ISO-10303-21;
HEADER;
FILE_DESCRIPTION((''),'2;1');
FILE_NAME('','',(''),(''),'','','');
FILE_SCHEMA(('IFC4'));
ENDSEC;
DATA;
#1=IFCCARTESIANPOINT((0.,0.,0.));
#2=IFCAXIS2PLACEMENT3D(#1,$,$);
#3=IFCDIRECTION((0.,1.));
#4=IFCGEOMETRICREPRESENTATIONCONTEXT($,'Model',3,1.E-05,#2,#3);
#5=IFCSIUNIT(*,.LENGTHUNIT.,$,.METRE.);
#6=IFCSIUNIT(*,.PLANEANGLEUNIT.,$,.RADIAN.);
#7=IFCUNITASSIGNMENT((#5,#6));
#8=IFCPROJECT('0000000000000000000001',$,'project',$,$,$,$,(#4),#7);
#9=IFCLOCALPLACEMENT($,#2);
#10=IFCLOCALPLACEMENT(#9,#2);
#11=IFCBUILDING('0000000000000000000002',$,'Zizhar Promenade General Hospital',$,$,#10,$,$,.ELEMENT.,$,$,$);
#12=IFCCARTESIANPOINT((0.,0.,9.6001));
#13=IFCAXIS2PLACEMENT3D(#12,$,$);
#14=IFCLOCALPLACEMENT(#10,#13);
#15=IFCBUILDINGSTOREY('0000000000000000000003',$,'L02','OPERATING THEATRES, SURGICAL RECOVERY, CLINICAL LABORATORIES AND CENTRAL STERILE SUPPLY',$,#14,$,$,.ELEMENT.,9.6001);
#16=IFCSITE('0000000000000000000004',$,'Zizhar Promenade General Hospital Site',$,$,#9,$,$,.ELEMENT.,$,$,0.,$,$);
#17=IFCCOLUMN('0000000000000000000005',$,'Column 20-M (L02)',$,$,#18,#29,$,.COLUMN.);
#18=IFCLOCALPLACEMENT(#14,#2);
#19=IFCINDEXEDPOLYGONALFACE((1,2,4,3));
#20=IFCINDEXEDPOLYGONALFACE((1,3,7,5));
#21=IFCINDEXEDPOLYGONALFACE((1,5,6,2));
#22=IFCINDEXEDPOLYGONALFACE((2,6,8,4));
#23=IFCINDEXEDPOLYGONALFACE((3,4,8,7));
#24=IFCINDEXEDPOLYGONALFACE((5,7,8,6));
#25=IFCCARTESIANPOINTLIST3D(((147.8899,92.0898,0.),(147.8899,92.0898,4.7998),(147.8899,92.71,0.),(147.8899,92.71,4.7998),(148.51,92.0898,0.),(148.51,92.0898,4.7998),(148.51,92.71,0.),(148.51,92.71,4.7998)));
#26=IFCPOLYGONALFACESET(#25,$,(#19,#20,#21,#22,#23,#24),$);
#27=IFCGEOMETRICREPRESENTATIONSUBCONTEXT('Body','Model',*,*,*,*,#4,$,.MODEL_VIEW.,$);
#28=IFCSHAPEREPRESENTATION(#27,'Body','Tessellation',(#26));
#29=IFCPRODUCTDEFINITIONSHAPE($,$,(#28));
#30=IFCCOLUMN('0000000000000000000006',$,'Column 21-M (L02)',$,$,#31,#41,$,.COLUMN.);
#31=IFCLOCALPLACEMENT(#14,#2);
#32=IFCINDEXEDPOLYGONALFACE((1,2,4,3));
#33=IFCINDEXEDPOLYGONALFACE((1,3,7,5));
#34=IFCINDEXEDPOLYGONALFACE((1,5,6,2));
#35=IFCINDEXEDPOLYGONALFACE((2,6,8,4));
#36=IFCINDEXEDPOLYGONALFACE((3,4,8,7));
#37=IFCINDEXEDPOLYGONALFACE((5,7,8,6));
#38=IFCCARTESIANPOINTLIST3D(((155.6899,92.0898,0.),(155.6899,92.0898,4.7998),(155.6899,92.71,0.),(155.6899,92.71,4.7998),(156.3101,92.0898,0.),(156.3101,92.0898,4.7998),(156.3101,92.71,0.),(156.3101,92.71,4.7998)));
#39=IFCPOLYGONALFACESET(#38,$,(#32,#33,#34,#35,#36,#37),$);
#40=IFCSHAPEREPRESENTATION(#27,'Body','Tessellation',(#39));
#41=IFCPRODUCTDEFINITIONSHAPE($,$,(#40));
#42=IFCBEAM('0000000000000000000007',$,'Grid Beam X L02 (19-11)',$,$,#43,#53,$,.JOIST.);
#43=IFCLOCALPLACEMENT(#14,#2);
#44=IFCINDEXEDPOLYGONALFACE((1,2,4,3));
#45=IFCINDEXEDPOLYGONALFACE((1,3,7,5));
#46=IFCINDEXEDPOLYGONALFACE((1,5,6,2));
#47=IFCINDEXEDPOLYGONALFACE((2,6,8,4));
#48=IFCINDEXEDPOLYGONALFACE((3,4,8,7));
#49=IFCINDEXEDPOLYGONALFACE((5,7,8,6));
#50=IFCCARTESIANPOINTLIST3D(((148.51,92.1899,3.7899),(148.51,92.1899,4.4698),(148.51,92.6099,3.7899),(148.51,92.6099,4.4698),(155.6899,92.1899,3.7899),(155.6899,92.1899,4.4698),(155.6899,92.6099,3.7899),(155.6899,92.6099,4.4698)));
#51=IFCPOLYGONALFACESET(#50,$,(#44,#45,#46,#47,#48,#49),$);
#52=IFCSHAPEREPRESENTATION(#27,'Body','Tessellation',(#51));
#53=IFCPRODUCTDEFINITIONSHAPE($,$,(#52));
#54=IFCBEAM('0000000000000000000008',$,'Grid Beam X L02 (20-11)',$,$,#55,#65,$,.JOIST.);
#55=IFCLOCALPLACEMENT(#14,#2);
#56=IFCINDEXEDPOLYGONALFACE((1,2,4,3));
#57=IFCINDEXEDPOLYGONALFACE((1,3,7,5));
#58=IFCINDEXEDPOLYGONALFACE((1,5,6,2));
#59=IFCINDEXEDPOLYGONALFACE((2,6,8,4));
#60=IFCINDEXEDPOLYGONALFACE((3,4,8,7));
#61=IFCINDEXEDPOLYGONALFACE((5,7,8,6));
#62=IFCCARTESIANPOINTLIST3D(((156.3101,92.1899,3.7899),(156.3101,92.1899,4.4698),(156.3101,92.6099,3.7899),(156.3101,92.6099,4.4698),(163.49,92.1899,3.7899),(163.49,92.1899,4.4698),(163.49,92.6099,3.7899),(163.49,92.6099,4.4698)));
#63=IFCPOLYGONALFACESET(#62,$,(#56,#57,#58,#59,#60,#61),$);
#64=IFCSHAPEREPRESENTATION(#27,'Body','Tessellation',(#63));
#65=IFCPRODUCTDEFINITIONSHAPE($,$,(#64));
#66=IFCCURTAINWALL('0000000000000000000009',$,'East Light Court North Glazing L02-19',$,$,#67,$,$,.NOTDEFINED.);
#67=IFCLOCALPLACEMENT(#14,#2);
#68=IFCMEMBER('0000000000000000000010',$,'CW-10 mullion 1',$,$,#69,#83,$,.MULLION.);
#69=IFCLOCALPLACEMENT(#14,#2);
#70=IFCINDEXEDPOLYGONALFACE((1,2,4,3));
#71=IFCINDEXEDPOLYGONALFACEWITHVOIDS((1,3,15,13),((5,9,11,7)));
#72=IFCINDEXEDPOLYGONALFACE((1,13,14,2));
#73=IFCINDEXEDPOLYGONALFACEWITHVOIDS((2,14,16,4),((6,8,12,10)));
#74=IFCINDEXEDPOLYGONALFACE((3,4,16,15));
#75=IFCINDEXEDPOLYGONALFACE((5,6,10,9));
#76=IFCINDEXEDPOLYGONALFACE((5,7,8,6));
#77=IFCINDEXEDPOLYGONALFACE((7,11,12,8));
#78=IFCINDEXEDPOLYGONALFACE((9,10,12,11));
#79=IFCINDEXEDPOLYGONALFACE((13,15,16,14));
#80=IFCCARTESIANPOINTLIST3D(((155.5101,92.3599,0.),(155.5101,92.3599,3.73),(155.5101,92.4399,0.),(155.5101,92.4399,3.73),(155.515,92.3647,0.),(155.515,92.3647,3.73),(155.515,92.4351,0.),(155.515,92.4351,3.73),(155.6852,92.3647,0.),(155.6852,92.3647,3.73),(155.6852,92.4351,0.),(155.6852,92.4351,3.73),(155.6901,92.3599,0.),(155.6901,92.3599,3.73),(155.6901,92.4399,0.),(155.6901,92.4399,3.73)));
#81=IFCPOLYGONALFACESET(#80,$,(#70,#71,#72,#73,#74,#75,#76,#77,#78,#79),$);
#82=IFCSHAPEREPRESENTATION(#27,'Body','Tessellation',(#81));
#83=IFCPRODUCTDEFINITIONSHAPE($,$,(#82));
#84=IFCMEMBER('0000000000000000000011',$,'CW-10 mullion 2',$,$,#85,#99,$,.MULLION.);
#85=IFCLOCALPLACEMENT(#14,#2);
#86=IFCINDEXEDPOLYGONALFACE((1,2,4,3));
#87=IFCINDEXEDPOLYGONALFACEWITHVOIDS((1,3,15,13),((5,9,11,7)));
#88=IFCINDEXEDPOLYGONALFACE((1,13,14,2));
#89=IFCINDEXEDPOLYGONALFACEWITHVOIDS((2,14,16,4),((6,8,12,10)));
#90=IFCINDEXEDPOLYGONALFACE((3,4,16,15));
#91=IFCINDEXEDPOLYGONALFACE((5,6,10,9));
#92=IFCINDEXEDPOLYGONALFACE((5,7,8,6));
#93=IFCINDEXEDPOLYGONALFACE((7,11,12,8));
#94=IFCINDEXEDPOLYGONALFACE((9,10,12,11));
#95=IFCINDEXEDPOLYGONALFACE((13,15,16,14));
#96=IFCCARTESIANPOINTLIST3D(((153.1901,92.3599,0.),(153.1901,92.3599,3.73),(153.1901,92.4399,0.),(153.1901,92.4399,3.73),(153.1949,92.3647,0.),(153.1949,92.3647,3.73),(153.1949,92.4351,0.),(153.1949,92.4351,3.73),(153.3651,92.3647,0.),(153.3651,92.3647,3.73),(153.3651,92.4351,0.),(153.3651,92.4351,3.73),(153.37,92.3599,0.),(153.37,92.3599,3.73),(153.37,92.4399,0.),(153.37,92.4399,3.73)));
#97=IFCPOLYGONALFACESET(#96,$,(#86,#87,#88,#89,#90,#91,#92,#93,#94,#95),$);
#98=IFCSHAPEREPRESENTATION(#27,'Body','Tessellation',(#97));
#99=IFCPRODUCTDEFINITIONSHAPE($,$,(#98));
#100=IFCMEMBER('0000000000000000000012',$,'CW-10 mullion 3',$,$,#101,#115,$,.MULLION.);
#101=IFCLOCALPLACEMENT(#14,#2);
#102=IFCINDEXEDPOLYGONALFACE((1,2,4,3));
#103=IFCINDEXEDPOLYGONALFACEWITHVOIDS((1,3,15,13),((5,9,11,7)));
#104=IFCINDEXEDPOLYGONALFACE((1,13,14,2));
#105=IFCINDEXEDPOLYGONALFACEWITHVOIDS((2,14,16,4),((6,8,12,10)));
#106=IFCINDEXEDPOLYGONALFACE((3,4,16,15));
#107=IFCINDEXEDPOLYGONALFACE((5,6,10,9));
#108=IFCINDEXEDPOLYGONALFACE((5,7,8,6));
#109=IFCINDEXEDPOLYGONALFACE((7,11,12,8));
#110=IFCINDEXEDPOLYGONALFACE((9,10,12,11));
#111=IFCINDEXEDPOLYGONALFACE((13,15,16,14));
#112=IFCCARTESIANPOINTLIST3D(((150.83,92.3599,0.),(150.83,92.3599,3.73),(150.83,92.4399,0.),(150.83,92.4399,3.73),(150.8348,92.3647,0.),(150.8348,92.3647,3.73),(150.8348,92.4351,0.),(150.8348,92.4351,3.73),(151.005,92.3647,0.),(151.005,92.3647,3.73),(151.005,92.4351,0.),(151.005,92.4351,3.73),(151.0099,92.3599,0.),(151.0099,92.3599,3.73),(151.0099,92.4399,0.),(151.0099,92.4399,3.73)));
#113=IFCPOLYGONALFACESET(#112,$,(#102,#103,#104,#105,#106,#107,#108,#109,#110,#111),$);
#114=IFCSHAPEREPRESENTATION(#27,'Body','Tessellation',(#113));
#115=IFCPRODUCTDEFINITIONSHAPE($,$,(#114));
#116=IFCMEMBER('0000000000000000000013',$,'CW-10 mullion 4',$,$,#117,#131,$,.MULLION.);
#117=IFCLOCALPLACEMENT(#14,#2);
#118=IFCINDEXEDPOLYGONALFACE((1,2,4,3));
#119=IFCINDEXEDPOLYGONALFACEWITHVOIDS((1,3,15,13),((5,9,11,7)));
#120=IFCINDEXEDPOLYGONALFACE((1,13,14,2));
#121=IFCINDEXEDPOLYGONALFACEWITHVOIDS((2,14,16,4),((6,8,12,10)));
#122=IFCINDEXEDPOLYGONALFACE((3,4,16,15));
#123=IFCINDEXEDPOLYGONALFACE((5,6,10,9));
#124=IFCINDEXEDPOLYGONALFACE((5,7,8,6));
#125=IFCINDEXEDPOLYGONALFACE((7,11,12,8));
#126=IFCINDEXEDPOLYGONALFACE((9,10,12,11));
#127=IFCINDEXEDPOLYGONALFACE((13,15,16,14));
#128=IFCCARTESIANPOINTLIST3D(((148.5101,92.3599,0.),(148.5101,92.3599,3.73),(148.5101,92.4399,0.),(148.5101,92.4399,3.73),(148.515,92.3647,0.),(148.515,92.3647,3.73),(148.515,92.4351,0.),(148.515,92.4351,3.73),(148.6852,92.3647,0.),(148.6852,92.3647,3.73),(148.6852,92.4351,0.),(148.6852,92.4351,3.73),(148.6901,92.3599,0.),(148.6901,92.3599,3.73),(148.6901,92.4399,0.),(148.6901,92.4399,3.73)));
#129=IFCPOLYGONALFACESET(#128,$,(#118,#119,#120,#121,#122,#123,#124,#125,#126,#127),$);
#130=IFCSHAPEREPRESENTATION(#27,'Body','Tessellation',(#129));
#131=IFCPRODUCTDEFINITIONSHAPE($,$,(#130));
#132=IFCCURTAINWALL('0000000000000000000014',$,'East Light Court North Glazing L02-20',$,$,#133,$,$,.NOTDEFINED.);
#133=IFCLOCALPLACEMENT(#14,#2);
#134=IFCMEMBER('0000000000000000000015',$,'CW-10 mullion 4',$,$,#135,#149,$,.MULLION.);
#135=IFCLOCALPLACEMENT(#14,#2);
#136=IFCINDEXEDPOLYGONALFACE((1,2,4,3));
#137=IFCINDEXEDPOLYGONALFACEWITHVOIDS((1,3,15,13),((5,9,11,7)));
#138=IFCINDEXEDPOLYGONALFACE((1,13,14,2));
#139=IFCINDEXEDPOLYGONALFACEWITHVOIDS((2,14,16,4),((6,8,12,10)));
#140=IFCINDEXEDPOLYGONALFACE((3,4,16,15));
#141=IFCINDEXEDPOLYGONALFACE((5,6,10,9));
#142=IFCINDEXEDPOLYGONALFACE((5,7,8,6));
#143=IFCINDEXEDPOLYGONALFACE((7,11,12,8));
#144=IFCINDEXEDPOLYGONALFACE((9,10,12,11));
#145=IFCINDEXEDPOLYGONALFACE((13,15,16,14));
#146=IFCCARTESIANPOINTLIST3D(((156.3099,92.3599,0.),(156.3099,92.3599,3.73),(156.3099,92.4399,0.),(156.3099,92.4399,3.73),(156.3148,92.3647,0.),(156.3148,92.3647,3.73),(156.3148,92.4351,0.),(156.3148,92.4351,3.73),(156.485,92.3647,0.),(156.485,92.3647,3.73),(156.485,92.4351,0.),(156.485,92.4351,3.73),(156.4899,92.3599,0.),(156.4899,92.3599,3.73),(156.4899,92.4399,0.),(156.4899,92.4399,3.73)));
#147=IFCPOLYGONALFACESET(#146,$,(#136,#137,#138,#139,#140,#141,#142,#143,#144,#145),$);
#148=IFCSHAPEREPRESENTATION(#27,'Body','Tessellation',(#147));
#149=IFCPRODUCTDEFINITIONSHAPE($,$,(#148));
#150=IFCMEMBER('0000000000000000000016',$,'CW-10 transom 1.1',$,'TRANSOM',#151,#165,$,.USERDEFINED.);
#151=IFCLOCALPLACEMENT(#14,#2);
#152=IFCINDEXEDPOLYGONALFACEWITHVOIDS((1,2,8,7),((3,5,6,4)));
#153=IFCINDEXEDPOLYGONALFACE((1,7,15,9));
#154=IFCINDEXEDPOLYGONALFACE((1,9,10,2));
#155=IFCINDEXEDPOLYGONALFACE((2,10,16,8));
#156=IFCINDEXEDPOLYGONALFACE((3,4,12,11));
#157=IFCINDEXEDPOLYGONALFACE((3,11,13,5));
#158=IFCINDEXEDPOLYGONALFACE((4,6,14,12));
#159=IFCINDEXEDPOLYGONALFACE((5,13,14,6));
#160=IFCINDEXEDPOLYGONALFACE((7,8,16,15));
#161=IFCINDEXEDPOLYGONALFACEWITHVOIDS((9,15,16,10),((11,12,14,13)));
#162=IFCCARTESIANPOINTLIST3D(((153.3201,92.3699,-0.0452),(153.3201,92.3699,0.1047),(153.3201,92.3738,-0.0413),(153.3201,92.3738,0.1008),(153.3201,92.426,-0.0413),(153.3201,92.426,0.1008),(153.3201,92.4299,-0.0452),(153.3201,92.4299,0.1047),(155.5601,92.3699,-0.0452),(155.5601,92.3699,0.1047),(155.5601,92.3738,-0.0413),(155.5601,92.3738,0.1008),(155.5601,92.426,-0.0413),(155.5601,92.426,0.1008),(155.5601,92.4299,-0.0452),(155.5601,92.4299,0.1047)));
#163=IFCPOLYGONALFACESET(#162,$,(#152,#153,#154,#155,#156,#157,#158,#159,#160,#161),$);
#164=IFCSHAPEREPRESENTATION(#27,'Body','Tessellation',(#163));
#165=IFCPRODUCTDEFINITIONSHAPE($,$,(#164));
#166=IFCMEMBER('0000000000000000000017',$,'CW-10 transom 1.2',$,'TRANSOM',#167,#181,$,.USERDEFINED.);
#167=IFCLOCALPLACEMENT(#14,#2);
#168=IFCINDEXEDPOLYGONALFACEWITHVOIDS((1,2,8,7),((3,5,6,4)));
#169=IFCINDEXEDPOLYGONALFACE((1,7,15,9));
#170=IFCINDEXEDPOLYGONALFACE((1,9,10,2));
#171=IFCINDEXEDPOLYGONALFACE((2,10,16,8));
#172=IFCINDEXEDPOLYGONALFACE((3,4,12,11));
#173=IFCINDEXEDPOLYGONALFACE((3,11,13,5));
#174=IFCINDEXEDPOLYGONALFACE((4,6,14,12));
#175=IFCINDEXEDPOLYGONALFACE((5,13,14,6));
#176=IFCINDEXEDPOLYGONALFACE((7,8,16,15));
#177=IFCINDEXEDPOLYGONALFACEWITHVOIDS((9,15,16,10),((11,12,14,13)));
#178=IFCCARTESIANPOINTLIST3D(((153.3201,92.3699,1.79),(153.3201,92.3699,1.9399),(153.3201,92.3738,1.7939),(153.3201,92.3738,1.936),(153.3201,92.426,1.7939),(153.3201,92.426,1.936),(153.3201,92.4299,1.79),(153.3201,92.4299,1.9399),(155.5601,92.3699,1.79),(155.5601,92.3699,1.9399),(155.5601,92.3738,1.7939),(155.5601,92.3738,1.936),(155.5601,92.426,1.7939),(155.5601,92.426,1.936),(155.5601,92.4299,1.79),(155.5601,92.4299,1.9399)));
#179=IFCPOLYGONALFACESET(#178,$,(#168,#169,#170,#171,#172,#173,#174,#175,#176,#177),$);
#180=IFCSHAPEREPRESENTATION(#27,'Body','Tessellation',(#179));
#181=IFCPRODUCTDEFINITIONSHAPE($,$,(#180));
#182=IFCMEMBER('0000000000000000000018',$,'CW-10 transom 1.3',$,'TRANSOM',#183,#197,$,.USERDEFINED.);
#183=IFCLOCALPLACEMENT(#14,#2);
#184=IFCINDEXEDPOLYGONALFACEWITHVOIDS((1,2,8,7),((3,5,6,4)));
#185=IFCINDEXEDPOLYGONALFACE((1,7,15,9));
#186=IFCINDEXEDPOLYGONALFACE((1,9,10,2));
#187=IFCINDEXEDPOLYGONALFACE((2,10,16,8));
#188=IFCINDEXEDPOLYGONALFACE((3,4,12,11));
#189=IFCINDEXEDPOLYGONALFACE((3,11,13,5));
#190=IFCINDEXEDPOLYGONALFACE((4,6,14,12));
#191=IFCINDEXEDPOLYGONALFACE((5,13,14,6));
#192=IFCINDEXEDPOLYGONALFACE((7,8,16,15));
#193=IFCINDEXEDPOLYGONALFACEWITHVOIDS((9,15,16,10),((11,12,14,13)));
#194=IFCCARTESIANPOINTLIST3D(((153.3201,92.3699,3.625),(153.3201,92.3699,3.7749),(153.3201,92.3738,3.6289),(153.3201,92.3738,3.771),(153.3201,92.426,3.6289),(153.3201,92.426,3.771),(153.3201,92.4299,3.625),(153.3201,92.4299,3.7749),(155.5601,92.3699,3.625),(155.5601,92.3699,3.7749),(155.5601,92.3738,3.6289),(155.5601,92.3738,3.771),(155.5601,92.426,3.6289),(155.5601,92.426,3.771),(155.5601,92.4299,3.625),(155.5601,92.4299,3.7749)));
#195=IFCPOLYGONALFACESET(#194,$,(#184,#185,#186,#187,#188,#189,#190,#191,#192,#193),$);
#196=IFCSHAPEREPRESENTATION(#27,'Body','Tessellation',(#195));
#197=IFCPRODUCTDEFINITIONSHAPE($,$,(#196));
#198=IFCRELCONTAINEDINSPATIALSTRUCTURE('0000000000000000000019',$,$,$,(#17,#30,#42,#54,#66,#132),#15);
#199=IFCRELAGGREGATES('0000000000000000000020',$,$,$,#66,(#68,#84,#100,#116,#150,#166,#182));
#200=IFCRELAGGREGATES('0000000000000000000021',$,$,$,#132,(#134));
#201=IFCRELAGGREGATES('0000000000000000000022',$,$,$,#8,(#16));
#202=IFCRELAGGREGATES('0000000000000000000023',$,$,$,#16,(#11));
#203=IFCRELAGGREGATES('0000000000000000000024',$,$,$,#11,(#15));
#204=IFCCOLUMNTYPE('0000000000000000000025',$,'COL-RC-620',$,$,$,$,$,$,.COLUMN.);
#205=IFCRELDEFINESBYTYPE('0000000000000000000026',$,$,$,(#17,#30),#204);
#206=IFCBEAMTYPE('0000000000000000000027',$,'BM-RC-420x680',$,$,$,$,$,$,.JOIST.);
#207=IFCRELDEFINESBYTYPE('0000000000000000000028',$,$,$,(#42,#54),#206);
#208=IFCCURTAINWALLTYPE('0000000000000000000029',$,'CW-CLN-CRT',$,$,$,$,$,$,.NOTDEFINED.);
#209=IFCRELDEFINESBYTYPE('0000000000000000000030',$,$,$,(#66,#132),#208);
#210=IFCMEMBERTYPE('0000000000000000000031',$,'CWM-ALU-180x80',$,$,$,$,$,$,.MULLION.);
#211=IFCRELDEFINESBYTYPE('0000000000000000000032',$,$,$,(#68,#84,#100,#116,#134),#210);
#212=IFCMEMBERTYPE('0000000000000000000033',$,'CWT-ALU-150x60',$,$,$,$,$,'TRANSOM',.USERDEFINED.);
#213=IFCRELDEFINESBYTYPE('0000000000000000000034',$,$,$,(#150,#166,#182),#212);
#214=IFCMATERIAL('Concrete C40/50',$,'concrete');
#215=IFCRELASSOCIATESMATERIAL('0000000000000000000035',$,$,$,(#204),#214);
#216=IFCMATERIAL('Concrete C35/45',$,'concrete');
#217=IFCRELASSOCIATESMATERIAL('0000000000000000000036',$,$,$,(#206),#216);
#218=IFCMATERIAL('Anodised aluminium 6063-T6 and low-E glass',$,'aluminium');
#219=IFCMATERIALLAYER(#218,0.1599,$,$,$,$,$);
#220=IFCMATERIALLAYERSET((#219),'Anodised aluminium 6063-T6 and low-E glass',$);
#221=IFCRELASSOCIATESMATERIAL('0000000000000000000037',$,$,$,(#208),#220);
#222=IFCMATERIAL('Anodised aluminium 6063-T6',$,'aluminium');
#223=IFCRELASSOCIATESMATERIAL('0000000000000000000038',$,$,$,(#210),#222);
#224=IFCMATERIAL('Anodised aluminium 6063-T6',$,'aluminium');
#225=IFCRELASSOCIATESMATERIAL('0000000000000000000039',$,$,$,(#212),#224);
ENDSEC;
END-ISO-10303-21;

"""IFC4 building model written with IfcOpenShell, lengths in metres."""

from ifc_helpers import new_model, si_unit, direction, frame, origin, origin_2d, place, context, subcontext, project, spatial, rectangle, hollow_rectangle, extrude, material, layer, layer_set, material_profile, profile_set, type_object, element, aggregate, save


model = new_model("IFC4")

# Units and contexts
model_context = context("Model", 3, precision=1e-05, world=origin(), true_north=direction((0.0, 1.0)))
body_context = subcontext(model_context, "Body", "Model", "MODEL_VIEW")
ifc_project = project(units=[si_unit("LENGTHUNIT", "METRE"), si_unit("PLANEANGLEUNIT", "RADIAN")], contexts=[model_context])

# Site, building, storey
site_placement = place(None, origin())
site = spatial("IfcSite", under=ifc_project, at=site_placement, Name="Zizhar Promenade General Hospital Site", CompositionType="ELEMENT", RefElevation=0.0)
building_placement = place(site_placement, origin())
building = spatial("IfcBuilding", under=site, at=building_placement, Name="Zizhar Promenade General Hospital", CompositionType="ELEMENT")
storey_placement = place(building_placement, frame((0.0, 0.0, 9.6001)))
storey = spatial("IfcBuildingStorey", under=building, at=storey_placement, Name="L02", Description="OPERATING THEATRES, SURGICAL RECOVERY, CLINICAL LABORATORIES AND CENTRAL STERILE SUPPLY", CompositionType="ELEMENT", Elevation=9.6001)

# Columns
ifc_material_1 = material(Name="Concrete C40/50", Category="concrete")
ifc_material_profile_1 = material_profile(ifc_material_1, rectangle(XDim=0.6201, YDim=0.6201, at=origin_2d()))
ifc_profile_set_1 = profile_set([ifc_material_profile_1], Name="Concrete C40/50")
column_type = type_object("IfcColumnType", Name="COL-RC-620", PredefinedType="COLUMN", material=ifc_profile_set_1)
for number, where, z_axis, x_axis, name in (
    (1, (148.2, 92.3999, 0.0), (0.0, 0.0, 1.0), (1.0, 0.0, 0.0), "Column 20-M (L02)"),
    (2, (156.0, 92.3999, 0.0), (0.0, 0.0, 1.0), (1.0, 0.0, 0.0), "Column 21-M (L02)"),
):
    element("IfcColumn", number, at=place(storey_placement, frame(where, z_axis=z_axis, x_axis=x_axis)), inside=storey, type_object=column_type, Name=name, PredefinedType="COLUMN", context=body_context, shape_type="SweptSolid", body=[
        extrude(rectangle(XDim=0.6201, YDim=0.6201, at=origin_2d()), origin(), (0.0, 0.0, 1.0), 4.7998),
    ])

# Beams
ifc_material_2 = material(Name="Concrete C35/45", Category="concrete")
ifc_material_profile_2 = material_profile(ifc_material_2, rectangle(XDim=0.4199, YDim=0.6799, at=origin_2d()))
ifc_profile_set_2 = profile_set([ifc_material_profile_2], Name="Concrete C35/45")
beam_type = type_object("IfcBeamType", Name="BM-RC-420x680", PredefinedType="JOIST", material=ifc_profile_set_2)
for number, where, z_axis, x_axis, name in (
    (3, (148.51, 92.3999, 4.1299), (1.0, 0.0, 0.0), (0.0, 1.0, 0.0), "Grid Beam X L02 (19-11)"),
    (4, (156.3101, 92.3999, 4.1299), (1.0, 0.0, 0.0), (0.0, 1.0, 0.0), "Grid Beam X L02 (20-11)"),
):
    element("IfcBeam", number, at=place(storey_placement, frame(where, z_axis=z_axis, x_axis=x_axis)), inside=storey, type_object=beam_type, Name=name, PredefinedType="JOIST", context=body_context, shape_type="SweptSolid", body=[
        extrude(rectangle(XDim=0.4199, YDim=0.6799, at=origin_2d()), origin(), (0.0, 0.0, 1.0), 7.1799),
    ])

# Curtain wall, members
ifc_material_3 = material(Name="Anodised aluminium 6063-T6 and low-E glass", Category="aluminium")
ifc_layer_1 = layer(ifc_material_3, 0.1599)
ifc_layer_set_1 = layer_set([ifc_layer_1], Name="Anodised aluminium 6063-T6 and low-E glass")
curtain_wall_type = type_object("IfcCurtainWallType", Name="CW-CLN-CRT", PredefinedType="NOTDEFINED", material=ifc_layer_set_1)
curtain_wall_1_placement = place(storey_placement, origin())
curtain_wall_1 = element("IfcCurtainWall", 5, at=curtain_wall_1_placement, inside=storey, type_object=curtain_wall_type, Name="East Light Court North Glazing L02-19", PredefinedType="NOTDEFINED")
ifc_material_4 = material(Name="Anodised aluminium 6063-T6", Category="aluminium")
ifc_material_profile_3 = material_profile(ifc_material_4, hollow_rectangle(XDim=0.0801, YDim=0.1799, WallThickness=0.0049, at=origin_2d()))
ifc_profile_set_3 = profile_set([ifc_material_profile_3], Name="Anodised aluminium 6063-T6")
member_type_1 = type_object("IfcMemberType", Name="CWM-ALU-180x80", PredefinedType="MULLION", material=ifc_profile_set_3)
member_1_placement = place(storey_placement, frame((155.6001, 92.3999, 0.0), z_axis=(0.0, 0.0, 1.0), x_axis=(0.0, -1.0, 0.0)))
member_1 = element("IfcMember", 6, at=member_1_placement, type_object=member_type_1, Name="CW-10 mullion 1", PredefinedType="MULLION", context=body_context, shape_type="SweptSolid", body=[
    extrude(hollow_rectangle(XDim=0.0801, YDim=0.1799, WallThickness=0.0049, at=origin_2d()), origin(), (0.0, 0.0, 1.0), 3.73),
])
member_2_placement = place(storey_placement, frame((153.28, 92.3999, 0.0), z_axis=(0.0, 0.0, 1.0), x_axis=(0.0, -1.0, 0.0)))
member_2 = element("IfcMember", 7, at=member_2_placement, type_object=member_type_1, Name="CW-10 mullion 2", PredefinedType="MULLION", context=body_context, shape_type="SweptSolid", body=[
    extrude(hollow_rectangle(XDim=0.0801, YDim=0.1799, WallThickness=0.0049, at=origin_2d()), origin(), (0.0, 0.0, 1.0), 3.73),
])
member_3_placement = place(storey_placement, frame((150.9199, 92.3999, 0.0), z_axis=(0.0, 0.0, 1.0), x_axis=(0.0, -1.0, 0.0)))
member_3 = element("IfcMember", 8, at=member_3_placement, type_object=member_type_1, Name="CW-10 mullion 3", PredefinedType="MULLION", context=body_context, shape_type="SweptSolid", body=[
    extrude(hollow_rectangle(XDim=0.0801, YDim=0.1799, WallThickness=0.0049, at=origin_2d()), origin(), (0.0, 0.0, 1.0), 3.73),
])
member_4_placement = place(storey_placement, frame((148.6001, 92.3999, 0.0), z_axis=(0.0, 0.0, 1.0), x_axis=(0.0, -1.0, 0.0)))
member_4 = element("IfcMember", 9, at=member_4_placement, type_object=member_type_1, Name="CW-10 mullion 4", PredefinedType="MULLION", context=body_context, shape_type="SweptSolid", body=[
    extrude(hollow_rectangle(XDim=0.0801, YDim=0.1799, WallThickness=0.0049, at=origin_2d()), origin(), (0.0, 0.0, 1.0), 3.73),
])

# Curtain wall, member
curtain_wall_2_placement = place(storey_placement, origin())
curtain_wall_2 = element("IfcCurtainWall", 10, at=curtain_wall_2_placement, inside=storey, type_object=curtain_wall_type, Name="East Light Court North Glazing L02-20", PredefinedType="NOTDEFINED")
member_5_placement = place(storey_placement, frame((156.3999, 92.3999, 0.0), z_axis=(0.0, 0.0, 1.0), x_axis=(0.0, -1.0, 0.0)))
member_5 = element("IfcMember", 11, at=member_5_placement, type_object=member_type_1, Name="CW-10 mullion 4", PredefinedType="MULLION", context=body_context, shape_type="SweptSolid", body=[
    extrude(hollow_rectangle(XDim=0.0801, YDim=0.1799, WallThickness=0.0049, at=origin_2d()), origin(), (0.0, 0.0, 1.0), 3.73),
])

# Members
ifc_material_5 = material(Name="Anodised aluminium 6063-T6", Category="aluminium")
ifc_material_profile_4 = material_profile(ifc_material_5, hollow_rectangle(XDim=0.0601, YDim=0.1499, WallThickness=0.0039, at=origin_2d()))
ifc_profile_set_4 = profile_set([ifc_material_profile_4], Name="Anodised aluminium 6063-T6")
member_type_2 = type_object("IfcMemberType", Name="CWT-ALU-150x60", ElementType="TRANSOM", PredefinedType="USERDEFINED", material=ifc_profile_set_4)
member_6_placement = place(storey_placement, frame((155.5601, 92.3999, 0.0298), z_axis=(-1.0, 0.0, 0.0), x_axis=(0.0, -1.0, 0.0)))
member_6 = element("IfcMember", 12, at=member_6_placement, type_object=member_type_2, Name="CW-10 transom 1.1", ObjectType="TRANSOM", PredefinedType="USERDEFINED", context=body_context, shape_type="SweptSolid", body=[
    extrude(hollow_rectangle(XDim=0.0601, YDim=0.1499, WallThickness=0.0039, at=origin_2d()), origin(), (0.0, 0.0, 1.0), 2.24),
])
member_7_placement = place(storey_placement, frame((155.5601, 92.3999, 1.865), z_axis=(-1.0, 0.0, 0.0), x_axis=(0.0, -1.0, 0.0)))
member_7 = element("IfcMember", 13, at=member_7_placement, type_object=member_type_2, Name="CW-10 transom 1.2", ObjectType="TRANSOM", PredefinedType="USERDEFINED", context=body_context, shape_type="SweptSolid", body=[
    extrude(hollow_rectangle(XDim=0.0601, YDim=0.1499, WallThickness=0.0039, at=origin_2d()), origin(), (0.0, 0.0, 1.0), 2.24),
])
member_8_placement = place(storey_placement, frame((155.5601, 92.3999, 3.7), z_axis=(-1.0, 0.0, 0.0), x_axis=(0.0, -1.0, 0.0)))
member_8 = element("IfcMember", 14, at=member_8_placement, type_object=member_type_2, Name="CW-10 transom 1.3", ObjectType="TRANSOM", PredefinedType="USERDEFINED", context=body_context, shape_type="SweptSolid", body=[
    extrude(hollow_rectangle(XDim=0.0601, YDim=0.1499, WallThickness=0.0039, at=origin_2d()), origin(), (0.0, 0.0, 1.0), 2.24),
])

aggregate(curtain_wall_1, [member_1, member_2, member_3, member_4, member_6, member_7, member_8])
aggregate(curtain_wall_2, [member_5])

save(model, "model.ifc")
